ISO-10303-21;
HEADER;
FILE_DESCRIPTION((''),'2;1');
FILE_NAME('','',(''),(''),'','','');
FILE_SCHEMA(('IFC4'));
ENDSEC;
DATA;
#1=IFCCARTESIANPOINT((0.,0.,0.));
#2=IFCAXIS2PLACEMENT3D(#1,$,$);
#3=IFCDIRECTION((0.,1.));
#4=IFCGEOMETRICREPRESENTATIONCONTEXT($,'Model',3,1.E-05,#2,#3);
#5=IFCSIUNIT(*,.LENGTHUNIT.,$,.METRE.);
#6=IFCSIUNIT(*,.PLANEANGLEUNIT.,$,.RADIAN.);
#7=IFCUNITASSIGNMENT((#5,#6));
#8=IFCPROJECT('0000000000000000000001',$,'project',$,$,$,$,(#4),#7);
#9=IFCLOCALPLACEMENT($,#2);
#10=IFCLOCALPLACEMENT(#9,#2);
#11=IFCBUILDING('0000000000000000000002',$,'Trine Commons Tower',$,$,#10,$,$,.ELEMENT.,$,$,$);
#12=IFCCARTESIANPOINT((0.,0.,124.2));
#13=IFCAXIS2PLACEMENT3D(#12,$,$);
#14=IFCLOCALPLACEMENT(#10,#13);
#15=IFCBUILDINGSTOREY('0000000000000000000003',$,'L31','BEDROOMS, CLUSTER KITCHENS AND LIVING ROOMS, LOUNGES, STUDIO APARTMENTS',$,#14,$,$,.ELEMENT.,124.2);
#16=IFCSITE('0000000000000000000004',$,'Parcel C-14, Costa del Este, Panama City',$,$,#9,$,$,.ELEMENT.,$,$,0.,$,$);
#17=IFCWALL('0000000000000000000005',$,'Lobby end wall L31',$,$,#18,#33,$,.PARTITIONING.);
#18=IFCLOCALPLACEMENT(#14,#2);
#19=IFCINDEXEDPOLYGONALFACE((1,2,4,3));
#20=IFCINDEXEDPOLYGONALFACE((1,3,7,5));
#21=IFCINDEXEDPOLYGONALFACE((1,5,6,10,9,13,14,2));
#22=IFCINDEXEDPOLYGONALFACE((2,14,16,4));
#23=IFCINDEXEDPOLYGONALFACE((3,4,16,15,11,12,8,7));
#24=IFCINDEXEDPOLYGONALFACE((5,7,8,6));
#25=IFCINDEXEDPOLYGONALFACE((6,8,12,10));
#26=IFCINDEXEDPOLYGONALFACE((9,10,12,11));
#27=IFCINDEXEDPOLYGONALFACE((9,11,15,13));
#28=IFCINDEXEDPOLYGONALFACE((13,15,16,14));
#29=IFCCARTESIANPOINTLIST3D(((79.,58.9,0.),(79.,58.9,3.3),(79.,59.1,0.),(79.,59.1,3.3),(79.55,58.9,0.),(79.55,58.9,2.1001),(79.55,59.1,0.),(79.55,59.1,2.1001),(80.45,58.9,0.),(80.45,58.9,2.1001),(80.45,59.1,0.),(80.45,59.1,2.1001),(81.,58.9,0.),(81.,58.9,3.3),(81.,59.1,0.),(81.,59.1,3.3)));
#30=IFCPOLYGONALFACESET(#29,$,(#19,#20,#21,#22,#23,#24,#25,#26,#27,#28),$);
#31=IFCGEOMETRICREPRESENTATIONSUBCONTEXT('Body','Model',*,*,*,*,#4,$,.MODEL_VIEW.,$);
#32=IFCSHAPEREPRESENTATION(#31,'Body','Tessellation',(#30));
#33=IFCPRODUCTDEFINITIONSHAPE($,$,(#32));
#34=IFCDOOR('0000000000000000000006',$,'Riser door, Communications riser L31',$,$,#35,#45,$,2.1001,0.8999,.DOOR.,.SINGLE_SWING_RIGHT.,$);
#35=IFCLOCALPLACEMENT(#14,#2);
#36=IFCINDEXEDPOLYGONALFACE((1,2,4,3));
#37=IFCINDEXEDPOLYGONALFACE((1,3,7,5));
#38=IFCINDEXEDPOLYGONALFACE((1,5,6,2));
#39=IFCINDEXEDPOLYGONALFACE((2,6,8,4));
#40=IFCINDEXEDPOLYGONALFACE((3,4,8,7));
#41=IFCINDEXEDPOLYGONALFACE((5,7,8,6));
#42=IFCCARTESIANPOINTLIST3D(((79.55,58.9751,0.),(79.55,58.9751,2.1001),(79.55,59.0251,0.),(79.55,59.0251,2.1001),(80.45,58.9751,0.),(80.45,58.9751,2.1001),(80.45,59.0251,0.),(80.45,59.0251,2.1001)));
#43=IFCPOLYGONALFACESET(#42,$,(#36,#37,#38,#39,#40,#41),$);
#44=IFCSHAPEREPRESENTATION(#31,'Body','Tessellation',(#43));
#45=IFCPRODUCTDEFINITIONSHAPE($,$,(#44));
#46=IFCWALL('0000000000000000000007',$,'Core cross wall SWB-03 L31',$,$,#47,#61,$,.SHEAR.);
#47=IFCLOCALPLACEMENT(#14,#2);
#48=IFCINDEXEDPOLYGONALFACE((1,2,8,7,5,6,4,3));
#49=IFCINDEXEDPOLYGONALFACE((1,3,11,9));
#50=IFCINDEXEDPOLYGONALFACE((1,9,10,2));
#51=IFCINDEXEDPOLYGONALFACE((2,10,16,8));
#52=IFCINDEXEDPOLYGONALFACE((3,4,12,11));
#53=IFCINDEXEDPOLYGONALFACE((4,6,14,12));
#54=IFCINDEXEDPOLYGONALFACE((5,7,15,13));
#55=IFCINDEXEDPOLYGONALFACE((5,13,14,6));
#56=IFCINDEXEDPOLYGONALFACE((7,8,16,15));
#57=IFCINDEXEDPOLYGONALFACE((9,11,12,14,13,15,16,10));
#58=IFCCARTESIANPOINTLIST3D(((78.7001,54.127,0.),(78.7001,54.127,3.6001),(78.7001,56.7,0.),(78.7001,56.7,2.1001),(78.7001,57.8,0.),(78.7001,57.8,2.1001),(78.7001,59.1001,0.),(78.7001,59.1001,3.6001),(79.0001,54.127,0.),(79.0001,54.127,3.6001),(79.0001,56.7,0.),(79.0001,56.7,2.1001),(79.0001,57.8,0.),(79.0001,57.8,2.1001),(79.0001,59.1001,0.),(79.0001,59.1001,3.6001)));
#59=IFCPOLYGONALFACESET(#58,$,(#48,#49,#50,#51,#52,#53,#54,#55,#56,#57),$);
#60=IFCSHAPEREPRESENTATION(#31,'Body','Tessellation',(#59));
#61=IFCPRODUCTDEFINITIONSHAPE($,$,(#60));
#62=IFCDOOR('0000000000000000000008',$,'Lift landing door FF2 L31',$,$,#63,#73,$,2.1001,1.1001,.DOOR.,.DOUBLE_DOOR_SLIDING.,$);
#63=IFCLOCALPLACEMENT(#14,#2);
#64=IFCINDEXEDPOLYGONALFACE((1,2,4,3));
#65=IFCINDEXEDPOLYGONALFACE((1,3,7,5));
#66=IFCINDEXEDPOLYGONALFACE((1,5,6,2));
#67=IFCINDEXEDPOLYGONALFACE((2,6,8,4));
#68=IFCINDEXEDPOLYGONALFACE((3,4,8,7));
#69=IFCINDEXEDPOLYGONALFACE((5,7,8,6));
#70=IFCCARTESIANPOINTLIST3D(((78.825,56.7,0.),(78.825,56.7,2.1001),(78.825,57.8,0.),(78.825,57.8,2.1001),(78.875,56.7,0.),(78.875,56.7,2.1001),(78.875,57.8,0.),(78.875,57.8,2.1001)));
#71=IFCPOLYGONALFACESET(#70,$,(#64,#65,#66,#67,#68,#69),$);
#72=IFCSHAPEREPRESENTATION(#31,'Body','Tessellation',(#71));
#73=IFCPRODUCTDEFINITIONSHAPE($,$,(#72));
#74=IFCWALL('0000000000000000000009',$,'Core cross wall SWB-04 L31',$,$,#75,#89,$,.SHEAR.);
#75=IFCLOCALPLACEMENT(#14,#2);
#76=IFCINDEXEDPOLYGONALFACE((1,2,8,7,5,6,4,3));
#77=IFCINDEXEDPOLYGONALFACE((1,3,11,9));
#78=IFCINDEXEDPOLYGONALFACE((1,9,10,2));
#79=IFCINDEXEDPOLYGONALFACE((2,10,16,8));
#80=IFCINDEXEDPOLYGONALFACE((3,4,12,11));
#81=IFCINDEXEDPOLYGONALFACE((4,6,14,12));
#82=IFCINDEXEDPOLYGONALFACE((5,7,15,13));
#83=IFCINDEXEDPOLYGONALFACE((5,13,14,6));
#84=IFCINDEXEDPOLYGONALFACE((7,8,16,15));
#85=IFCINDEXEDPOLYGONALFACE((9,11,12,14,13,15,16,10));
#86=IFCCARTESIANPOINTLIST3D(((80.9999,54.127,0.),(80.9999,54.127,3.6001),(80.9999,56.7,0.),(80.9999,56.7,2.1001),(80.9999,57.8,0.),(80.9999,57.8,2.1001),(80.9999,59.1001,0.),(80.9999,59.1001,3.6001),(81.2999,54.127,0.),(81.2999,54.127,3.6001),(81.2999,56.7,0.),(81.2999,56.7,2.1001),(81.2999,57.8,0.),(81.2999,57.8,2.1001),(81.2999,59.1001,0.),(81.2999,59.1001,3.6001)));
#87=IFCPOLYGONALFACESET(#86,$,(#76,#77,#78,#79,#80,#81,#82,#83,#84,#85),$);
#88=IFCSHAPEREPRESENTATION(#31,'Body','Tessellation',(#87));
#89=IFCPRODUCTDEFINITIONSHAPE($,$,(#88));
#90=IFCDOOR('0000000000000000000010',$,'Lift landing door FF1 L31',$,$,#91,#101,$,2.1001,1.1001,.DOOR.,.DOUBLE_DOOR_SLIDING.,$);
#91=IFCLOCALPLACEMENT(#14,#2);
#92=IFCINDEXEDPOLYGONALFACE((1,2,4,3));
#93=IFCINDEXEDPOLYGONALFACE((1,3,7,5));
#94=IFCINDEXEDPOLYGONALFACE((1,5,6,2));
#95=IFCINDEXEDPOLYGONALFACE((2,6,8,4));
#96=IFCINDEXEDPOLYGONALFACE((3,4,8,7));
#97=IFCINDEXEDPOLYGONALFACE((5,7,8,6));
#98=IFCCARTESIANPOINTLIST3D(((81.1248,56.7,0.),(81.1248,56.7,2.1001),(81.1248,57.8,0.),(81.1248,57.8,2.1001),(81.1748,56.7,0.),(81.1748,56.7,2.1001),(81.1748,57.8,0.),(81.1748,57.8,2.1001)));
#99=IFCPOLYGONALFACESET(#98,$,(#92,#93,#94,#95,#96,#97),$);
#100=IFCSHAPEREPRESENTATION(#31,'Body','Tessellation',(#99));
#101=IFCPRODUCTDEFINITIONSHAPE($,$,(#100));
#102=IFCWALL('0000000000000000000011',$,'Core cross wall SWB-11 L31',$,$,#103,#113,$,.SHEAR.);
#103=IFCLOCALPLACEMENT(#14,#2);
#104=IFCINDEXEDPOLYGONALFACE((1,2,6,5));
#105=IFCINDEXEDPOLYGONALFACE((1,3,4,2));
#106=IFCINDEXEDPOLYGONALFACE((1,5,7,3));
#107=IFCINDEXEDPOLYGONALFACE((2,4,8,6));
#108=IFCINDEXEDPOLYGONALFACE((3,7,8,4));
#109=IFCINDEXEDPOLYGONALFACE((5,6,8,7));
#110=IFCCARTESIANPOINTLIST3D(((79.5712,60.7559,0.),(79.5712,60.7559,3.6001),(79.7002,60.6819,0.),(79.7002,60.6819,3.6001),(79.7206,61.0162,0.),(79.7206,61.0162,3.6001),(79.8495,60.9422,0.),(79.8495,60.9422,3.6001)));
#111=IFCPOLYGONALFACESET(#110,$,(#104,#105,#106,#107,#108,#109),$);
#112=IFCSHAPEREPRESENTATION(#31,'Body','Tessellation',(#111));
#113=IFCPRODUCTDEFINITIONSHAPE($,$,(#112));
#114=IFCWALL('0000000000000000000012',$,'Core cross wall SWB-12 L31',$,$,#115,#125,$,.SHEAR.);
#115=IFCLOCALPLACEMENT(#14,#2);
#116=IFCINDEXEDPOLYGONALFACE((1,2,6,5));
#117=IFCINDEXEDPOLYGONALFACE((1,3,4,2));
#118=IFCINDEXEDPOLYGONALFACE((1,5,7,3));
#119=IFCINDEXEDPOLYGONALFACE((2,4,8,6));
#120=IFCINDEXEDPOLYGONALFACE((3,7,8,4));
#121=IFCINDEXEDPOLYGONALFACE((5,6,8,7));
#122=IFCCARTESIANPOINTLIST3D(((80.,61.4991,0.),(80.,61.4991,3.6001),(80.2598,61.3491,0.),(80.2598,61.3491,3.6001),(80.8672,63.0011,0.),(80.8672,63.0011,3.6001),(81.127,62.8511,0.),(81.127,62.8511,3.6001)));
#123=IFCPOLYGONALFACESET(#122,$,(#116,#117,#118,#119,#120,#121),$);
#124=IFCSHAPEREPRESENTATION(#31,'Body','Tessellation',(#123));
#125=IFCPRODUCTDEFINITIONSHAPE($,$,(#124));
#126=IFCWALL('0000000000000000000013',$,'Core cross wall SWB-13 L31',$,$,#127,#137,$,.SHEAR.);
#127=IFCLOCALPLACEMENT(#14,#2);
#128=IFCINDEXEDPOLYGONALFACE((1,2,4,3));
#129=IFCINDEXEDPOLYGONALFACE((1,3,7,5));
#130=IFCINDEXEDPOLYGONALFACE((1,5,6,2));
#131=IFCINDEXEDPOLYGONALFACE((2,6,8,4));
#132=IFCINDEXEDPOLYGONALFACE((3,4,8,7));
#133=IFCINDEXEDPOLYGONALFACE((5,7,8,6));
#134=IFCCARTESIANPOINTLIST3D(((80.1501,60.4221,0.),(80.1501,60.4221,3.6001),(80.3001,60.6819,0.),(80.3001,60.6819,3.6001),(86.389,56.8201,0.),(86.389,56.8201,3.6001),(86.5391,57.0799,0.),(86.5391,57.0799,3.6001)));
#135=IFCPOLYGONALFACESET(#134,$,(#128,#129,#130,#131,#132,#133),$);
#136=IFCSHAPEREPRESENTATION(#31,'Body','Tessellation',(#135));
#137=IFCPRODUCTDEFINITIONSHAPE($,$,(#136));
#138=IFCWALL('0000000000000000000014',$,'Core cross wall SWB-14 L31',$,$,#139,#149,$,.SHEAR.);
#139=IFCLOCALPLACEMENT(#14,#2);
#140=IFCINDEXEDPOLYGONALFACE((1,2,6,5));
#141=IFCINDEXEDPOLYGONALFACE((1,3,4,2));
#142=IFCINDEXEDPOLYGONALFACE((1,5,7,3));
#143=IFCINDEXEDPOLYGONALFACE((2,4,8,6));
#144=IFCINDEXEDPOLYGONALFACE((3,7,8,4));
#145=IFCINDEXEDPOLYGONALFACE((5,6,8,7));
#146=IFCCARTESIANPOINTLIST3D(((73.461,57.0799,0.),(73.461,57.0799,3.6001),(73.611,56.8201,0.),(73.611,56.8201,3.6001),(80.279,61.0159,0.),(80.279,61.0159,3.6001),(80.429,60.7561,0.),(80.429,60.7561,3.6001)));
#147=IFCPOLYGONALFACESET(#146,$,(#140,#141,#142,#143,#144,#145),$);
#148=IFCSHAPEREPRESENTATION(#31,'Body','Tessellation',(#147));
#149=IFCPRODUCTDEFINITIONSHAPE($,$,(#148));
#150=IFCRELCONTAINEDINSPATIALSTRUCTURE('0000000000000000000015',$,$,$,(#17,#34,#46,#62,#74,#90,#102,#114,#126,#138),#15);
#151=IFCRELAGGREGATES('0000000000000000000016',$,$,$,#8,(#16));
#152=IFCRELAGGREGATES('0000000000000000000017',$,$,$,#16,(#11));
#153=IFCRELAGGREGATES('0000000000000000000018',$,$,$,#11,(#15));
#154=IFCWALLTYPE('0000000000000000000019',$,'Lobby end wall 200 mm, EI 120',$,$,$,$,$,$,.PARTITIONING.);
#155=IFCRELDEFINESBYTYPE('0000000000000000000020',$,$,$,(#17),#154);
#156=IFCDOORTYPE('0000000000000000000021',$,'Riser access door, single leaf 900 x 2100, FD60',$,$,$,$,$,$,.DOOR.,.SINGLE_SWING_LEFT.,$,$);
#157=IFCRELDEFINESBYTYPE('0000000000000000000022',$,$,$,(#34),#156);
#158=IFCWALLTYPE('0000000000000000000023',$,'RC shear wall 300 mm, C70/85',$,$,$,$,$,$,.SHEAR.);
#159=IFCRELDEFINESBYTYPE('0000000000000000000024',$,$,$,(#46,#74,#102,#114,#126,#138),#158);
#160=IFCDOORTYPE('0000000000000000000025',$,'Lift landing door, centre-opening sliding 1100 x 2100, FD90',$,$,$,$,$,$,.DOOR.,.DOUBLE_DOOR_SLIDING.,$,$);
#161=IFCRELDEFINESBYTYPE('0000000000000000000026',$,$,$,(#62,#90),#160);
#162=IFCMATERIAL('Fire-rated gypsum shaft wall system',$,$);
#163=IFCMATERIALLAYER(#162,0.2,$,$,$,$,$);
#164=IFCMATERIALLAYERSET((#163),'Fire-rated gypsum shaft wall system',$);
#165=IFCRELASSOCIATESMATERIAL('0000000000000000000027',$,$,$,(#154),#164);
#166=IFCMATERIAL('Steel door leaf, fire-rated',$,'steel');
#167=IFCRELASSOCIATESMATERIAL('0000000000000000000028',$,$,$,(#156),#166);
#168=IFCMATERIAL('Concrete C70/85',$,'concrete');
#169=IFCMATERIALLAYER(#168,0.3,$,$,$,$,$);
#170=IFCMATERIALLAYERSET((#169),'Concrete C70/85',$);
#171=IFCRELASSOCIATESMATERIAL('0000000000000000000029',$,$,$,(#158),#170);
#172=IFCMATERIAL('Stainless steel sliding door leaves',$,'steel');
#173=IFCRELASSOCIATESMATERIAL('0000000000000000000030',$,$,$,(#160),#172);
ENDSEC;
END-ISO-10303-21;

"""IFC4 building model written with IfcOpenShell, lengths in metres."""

from ifc_helpers import new_model, si_unit, direction, frame, frame_2d, origin, place, context, subcontext, project, spatial, rectangle, extrude, material, layer, layer_set, type_object, element, fill, save


model = new_model("IFC4")

# Units and contexts
model_context = context("Model", 3, precision=1e-05, world=origin(), true_north=direction((0.0, 1.0)))
body_context = subcontext(model_context, "Body", "Model", "MODEL_VIEW")
ifc_project = project(units=[si_unit("LENGTHUNIT", "METRE"), si_unit("PLANEANGLEUNIT", "RADIAN")], contexts=[model_context])

# Site, building, storey
site_placement = place(None, origin())
site = spatial("IfcSite", under=ifc_project, at=site_placement, Name="Parcel C-14, Costa del Este, Panama City", CompositionType="ELEMENT", RefElevation=0.0)
building_placement = place(site_placement, origin())
building = spatial("IfcBuilding", under=site, at=building_placement, Name="Trine Commons Tower", CompositionType="ELEMENT")
storey_placement = place(building_placement, frame((0.0, 0.0, 124.2)))
storey = spatial("IfcBuildingStorey", under=building, at=storey_placement, Name="L31", Description="BEDROOMS, CLUSTER KITCHENS AND LIVING ROOMS, LOUNGES, STUDIO APARTMENTS", CompositionType="ELEMENT", Elevation=124.2)

# Walls, openings, doors
ifc_material_1 = material(Name="Fire-rated gypsum shaft wall system")
ifc_layer_1 = layer(ifc_material_1, 0.2)
ifc_layer_set_1 = layer_set([ifc_layer_1], Name="Fire-rated gypsum shaft wall system")
wall_type_1 = type_object("IfcWallType", Name="Lobby end wall 200 mm, EI 120", PredefinedType="PARTITIONING", material=ifc_layer_set_1)
wall_1_placement = place(storey_placement, frame((79.0, 59.0, 0.0), z_axis=(0.0, 0.0, 1.0), x_axis=(1.0, 0.0, 0.0)))
wall_1 = element("IfcWall", 1, at=wall_1_placement, inside=storey, type_object=wall_type_1, Name="Lobby end wall L31", PredefinedType="PARTITIONING", context=body_context, shape_type="SweptSolid", body=[
    extrude(rectangle(XDim=2.0, YDim=0.2, at=frame_2d((1.0, 0.0))), origin(), (0.0, 0.0, 1.0), 3.3),
])
opening_1_placement = place(wall_1_placement, frame((0.55, 0.0, 0.0)))
opening_1 = element("IfcOpeningElement", 2, at=opening_1_placement, cuts=wall_1, PredefinedType="OPENING", context=body_context, shape_type="SweptSolid", body=[
    extrude(rectangle(XDim=0.8999, YDim=2.1001, at=frame_2d((0.45, 1.05))), frame((0.0, 0.1099, 0.0), z_axis=(0.0, -1.0, 0.0), x_axis=(1.0, 0.0, 0.0)), (0.0, 0.0, 1.0), 0.22),
])
ifc_material_2 = material(Name="Steel door leaf, fire-rated", Category="steel")
door_type_1 = type_object("IfcDoorType", Name="Riser access door, single leaf 900 x 2100, FD60", OperationType="SINGLE_SWING_LEFT", PredefinedType="DOOR", material=ifc_material_2)
door_1_placement = place(opening_1_placement, frame((0.8999, 0.0, 0.0), z_axis=(0.0, 0.0, 1.0), x_axis=(-1.0, 0.0, 0.0)))
door_1 = element("IfcDoor", 3, at=door_1_placement, inside=storey, type_object=door_type_1, Name="Riser door, Communications riser L31", OperationType="SINGLE_SWING_RIGHT", OverallHeight=2.1001, OverallWidth=0.8999, PredefinedType="DOOR", context=body_context, shape_type="SweptSolid", body=[
    extrude(rectangle(XDim=0.8999, YDim=2.1001, at=frame_2d((0.45, 1.05))), frame((0.0, 0.0249, 0.0), z_axis=(0.0, -1.0, 0.0), x_axis=(1.0, 0.0, 0.0)), (0.0, 0.0, 1.0), 0.05),
])
fill(opening_1, door_1)
ifc_material_3 = material(Name="Concrete C70/85", Category="concrete")
ifc_layer_2 = layer(ifc_material_3, 0.3)
ifc_layer_set_2 = layer_set([ifc_layer_2], Name="Concrete C70/85")
wall_type_2 = type_object("IfcWallType", Name="RC shear wall 300 mm, C70/85", PredefinedType="SHEAR", material=ifc_layer_set_2)
wall_2_placement = place(storey_placement, frame((78.8501, 59.1001, 0.0), z_axis=(0.0, 0.0, 1.0), x_axis=(0.0, -1.0, 0.0)))
wall_2 = element("IfcWall", 4, at=wall_2_placement, inside=storey, type_object=wall_type_2, Name="Core cross wall SWB-03 L31", PredefinedType="SHEAR", context=body_context, shape_type="SweptSolid", body=[
    extrude(rectangle(XDim=4.9731, YDim=0.3, at=frame_2d((2.4866, 0.0))), origin(), (0.0, 0.0, 1.0), 3.6001),
])
opening_2_placement = place(wall_2_placement, frame((1.3, 0.0, 0.0)))
opening_2 = element("IfcOpeningElement", 5, at=opening_2_placement, cuts=wall_2, PredefinedType="OPENING", context=body_context, shape_type="SweptSolid", body=[
    extrude(rectangle(XDim=1.1001, YDim=2.1001, at=frame_2d((0.55, 1.05))), frame((0.0, 0.1599, 0.0), z_axis=(0.0, -1.0, 0.0), x_axis=(1.0, 0.0, 0.0)), (0.0, 0.0, 1.0), 0.3201),
])
ifc_material_4 = material(Name="Stainless steel sliding door leaves", Category="steel")
door_type_2 = type_object("IfcDoorType", Name="Lift landing door, centre-opening sliding 1100 x 2100, FD90", OperationType="DOUBLE_DOOR_SLIDING", PredefinedType="DOOR", material=ifc_material_4)
door_2_placement = place(opening_2_placement, origin())
door_2 = element("IfcDoor", 6, at=door_2_placement, inside=storey, type_object=door_type_2, Name="Lift landing door FF2 L31", OperationType="DOUBLE_DOOR_SLIDING", OverallHeight=2.1001, OverallWidth=1.1001, PredefinedType="DOOR", context=body_context, shape_type="SweptSolid", body=[
    extrude(rectangle(XDim=1.1001, YDim=2.1001, at=frame_2d((0.55, 1.05))), frame((0.0, 0.0249, 0.0), z_axis=(0.0, -1.0, 0.0), x_axis=(1.0, 0.0, 0.0)), (0.0, 0.0, 1.0), 0.05),
])
fill(opening_2, door_2)
wall_3_placement = place(storey_placement, frame((81.1499, 59.1001, 0.0), z_axis=(0.0, 0.0, 1.0), x_axis=(0.0, -1.0, 0.0)))
wall_3 = element("IfcWall", 7, at=wall_3_placement, inside=storey, type_object=wall_type_2, Name="Core cross wall SWB-04 L31", PredefinedType="SHEAR", context=body_context, shape_type="SweptSolid", body=[
    extrude(rectangle(XDim=4.9731, YDim=0.3, at=frame_2d((2.4866, 0.0))), origin(), (0.0, 0.0, 1.0), 3.6001),
])
opening_3_placement = place(wall_3_placement, frame((1.3, 0.0, 0.0)))
opening_3 = element("IfcOpeningElement", 8, at=opening_3_placement, cuts=wall_3, PredefinedType="OPENING", context=body_context, shape_type="SweptSolid", body=[
    extrude(rectangle(XDim=1.1001, YDim=2.1001, at=frame_2d((0.55, 1.05))), frame((0.0, 0.1599, 0.0), z_axis=(0.0, -1.0, 0.0), x_axis=(1.0, 0.0, 0.0)), (0.0, 0.0, 1.0), 0.3201),
])
door_3_placement = place(opening_3_placement, origin())
door_3 = element("IfcDoor", 9, at=door_3_placement, inside=storey, type_object=door_type_2, Name="Lift landing door FF1 L31", OperationType="DOUBLE_DOOR_SLIDING", OverallHeight=2.1001, OverallWidth=1.1001, PredefinedType="DOOR", context=body_context, shape_type="SweptSolid", body=[
    extrude(rectangle(XDim=1.1001, YDim=2.1001, at=frame_2d((0.55, 1.05))), frame((0.0, 0.0249, 0.0), z_axis=(0.0, -1.0, 0.0), x_axis=(1.0, 0.0, 0.0)), (0.0, 0.0, 1.0), 0.05),
])
fill(opening_3, door_3)

# Walls
wall_4_placement = place(storey_placement, frame((79.646, 60.886, 0.0), z_axis=(0.0, 0.0, 1.0), x_axis=(0.867332, -0.49773, 0.0)))
element("IfcWall", 10, at=wall_4_placement, inside=storey, type_object=wall_type_2, Name="Core cross wall SWB-11 L31", PredefinedType="SHEAR", context=body_context, shape_type="SweptSolid", body=[
    extrude(rectangle(XDim=0.1487, YDim=0.3, at=frame_2d((0.0742, 0.0))), origin(), (0.0, 0.0, 1.0), 3.6001),
])
wall_5_placement = place(storey_placement, frame((80.1299, 61.4241, 0.0), z_axis=(0.0, 0.0, 1.0), x_axis=(0.500015, 0.866017, 0.0)))
element("IfcWall", 11, at=wall_5_placement, inside=storey, type_object=wall_type_2, Name="Core cross wall SWB-12 L31", PredefinedType="SHEAR", context=body_context, shape_type="SweptSolid", body=[
    extrude(rectangle(XDim=1.7344, YDim=0.3, at=frame_2d((0.8672, 0.0))), origin(), (0.0, 0.0, 1.0), 3.6001),
])
wall_6_placement = place(storey_placement, frame((80.2251, 60.552, 0.0), z_axis=(0.0, 0.0, 1.0), x_axis=(0.866028, -0.499995, 0.0)))
element("IfcWall", 12, at=wall_6_placement, inside=storey, type_object=wall_type_2, Name="Core cross wall SWB-13 L31", PredefinedType="SHEAR", context=body_context, shape_type="SweptSolid", body=[
    extrude(rectangle(XDim=7.2041, YDim=0.3, at=frame_2d((3.6021, 0.0))), origin(), (0.0, 0.0, 1.0), 3.6001),
])
wall_7_placement = place(storey_placement, frame((80.354, 60.886, 0.0), z_axis=(0.0, 0.0, 1.0), x_axis=(-0.866048, -0.499961, 0.0)))
element("IfcWall", 13, at=wall_7_placement, inside=storey, type_object=wall_type_2, Name="Core cross wall SWB-14 L31", PredefinedType="SHEAR", context=body_context, shape_type="SweptSolid", body=[
    extrude(rectangle(XDim=7.8726, YDim=0.3, at=frame_2d((3.9363, 0.0))), origin(), (0.0, 0.0, 1.0), 3.6001),
])

save(model, "model.ifc")
